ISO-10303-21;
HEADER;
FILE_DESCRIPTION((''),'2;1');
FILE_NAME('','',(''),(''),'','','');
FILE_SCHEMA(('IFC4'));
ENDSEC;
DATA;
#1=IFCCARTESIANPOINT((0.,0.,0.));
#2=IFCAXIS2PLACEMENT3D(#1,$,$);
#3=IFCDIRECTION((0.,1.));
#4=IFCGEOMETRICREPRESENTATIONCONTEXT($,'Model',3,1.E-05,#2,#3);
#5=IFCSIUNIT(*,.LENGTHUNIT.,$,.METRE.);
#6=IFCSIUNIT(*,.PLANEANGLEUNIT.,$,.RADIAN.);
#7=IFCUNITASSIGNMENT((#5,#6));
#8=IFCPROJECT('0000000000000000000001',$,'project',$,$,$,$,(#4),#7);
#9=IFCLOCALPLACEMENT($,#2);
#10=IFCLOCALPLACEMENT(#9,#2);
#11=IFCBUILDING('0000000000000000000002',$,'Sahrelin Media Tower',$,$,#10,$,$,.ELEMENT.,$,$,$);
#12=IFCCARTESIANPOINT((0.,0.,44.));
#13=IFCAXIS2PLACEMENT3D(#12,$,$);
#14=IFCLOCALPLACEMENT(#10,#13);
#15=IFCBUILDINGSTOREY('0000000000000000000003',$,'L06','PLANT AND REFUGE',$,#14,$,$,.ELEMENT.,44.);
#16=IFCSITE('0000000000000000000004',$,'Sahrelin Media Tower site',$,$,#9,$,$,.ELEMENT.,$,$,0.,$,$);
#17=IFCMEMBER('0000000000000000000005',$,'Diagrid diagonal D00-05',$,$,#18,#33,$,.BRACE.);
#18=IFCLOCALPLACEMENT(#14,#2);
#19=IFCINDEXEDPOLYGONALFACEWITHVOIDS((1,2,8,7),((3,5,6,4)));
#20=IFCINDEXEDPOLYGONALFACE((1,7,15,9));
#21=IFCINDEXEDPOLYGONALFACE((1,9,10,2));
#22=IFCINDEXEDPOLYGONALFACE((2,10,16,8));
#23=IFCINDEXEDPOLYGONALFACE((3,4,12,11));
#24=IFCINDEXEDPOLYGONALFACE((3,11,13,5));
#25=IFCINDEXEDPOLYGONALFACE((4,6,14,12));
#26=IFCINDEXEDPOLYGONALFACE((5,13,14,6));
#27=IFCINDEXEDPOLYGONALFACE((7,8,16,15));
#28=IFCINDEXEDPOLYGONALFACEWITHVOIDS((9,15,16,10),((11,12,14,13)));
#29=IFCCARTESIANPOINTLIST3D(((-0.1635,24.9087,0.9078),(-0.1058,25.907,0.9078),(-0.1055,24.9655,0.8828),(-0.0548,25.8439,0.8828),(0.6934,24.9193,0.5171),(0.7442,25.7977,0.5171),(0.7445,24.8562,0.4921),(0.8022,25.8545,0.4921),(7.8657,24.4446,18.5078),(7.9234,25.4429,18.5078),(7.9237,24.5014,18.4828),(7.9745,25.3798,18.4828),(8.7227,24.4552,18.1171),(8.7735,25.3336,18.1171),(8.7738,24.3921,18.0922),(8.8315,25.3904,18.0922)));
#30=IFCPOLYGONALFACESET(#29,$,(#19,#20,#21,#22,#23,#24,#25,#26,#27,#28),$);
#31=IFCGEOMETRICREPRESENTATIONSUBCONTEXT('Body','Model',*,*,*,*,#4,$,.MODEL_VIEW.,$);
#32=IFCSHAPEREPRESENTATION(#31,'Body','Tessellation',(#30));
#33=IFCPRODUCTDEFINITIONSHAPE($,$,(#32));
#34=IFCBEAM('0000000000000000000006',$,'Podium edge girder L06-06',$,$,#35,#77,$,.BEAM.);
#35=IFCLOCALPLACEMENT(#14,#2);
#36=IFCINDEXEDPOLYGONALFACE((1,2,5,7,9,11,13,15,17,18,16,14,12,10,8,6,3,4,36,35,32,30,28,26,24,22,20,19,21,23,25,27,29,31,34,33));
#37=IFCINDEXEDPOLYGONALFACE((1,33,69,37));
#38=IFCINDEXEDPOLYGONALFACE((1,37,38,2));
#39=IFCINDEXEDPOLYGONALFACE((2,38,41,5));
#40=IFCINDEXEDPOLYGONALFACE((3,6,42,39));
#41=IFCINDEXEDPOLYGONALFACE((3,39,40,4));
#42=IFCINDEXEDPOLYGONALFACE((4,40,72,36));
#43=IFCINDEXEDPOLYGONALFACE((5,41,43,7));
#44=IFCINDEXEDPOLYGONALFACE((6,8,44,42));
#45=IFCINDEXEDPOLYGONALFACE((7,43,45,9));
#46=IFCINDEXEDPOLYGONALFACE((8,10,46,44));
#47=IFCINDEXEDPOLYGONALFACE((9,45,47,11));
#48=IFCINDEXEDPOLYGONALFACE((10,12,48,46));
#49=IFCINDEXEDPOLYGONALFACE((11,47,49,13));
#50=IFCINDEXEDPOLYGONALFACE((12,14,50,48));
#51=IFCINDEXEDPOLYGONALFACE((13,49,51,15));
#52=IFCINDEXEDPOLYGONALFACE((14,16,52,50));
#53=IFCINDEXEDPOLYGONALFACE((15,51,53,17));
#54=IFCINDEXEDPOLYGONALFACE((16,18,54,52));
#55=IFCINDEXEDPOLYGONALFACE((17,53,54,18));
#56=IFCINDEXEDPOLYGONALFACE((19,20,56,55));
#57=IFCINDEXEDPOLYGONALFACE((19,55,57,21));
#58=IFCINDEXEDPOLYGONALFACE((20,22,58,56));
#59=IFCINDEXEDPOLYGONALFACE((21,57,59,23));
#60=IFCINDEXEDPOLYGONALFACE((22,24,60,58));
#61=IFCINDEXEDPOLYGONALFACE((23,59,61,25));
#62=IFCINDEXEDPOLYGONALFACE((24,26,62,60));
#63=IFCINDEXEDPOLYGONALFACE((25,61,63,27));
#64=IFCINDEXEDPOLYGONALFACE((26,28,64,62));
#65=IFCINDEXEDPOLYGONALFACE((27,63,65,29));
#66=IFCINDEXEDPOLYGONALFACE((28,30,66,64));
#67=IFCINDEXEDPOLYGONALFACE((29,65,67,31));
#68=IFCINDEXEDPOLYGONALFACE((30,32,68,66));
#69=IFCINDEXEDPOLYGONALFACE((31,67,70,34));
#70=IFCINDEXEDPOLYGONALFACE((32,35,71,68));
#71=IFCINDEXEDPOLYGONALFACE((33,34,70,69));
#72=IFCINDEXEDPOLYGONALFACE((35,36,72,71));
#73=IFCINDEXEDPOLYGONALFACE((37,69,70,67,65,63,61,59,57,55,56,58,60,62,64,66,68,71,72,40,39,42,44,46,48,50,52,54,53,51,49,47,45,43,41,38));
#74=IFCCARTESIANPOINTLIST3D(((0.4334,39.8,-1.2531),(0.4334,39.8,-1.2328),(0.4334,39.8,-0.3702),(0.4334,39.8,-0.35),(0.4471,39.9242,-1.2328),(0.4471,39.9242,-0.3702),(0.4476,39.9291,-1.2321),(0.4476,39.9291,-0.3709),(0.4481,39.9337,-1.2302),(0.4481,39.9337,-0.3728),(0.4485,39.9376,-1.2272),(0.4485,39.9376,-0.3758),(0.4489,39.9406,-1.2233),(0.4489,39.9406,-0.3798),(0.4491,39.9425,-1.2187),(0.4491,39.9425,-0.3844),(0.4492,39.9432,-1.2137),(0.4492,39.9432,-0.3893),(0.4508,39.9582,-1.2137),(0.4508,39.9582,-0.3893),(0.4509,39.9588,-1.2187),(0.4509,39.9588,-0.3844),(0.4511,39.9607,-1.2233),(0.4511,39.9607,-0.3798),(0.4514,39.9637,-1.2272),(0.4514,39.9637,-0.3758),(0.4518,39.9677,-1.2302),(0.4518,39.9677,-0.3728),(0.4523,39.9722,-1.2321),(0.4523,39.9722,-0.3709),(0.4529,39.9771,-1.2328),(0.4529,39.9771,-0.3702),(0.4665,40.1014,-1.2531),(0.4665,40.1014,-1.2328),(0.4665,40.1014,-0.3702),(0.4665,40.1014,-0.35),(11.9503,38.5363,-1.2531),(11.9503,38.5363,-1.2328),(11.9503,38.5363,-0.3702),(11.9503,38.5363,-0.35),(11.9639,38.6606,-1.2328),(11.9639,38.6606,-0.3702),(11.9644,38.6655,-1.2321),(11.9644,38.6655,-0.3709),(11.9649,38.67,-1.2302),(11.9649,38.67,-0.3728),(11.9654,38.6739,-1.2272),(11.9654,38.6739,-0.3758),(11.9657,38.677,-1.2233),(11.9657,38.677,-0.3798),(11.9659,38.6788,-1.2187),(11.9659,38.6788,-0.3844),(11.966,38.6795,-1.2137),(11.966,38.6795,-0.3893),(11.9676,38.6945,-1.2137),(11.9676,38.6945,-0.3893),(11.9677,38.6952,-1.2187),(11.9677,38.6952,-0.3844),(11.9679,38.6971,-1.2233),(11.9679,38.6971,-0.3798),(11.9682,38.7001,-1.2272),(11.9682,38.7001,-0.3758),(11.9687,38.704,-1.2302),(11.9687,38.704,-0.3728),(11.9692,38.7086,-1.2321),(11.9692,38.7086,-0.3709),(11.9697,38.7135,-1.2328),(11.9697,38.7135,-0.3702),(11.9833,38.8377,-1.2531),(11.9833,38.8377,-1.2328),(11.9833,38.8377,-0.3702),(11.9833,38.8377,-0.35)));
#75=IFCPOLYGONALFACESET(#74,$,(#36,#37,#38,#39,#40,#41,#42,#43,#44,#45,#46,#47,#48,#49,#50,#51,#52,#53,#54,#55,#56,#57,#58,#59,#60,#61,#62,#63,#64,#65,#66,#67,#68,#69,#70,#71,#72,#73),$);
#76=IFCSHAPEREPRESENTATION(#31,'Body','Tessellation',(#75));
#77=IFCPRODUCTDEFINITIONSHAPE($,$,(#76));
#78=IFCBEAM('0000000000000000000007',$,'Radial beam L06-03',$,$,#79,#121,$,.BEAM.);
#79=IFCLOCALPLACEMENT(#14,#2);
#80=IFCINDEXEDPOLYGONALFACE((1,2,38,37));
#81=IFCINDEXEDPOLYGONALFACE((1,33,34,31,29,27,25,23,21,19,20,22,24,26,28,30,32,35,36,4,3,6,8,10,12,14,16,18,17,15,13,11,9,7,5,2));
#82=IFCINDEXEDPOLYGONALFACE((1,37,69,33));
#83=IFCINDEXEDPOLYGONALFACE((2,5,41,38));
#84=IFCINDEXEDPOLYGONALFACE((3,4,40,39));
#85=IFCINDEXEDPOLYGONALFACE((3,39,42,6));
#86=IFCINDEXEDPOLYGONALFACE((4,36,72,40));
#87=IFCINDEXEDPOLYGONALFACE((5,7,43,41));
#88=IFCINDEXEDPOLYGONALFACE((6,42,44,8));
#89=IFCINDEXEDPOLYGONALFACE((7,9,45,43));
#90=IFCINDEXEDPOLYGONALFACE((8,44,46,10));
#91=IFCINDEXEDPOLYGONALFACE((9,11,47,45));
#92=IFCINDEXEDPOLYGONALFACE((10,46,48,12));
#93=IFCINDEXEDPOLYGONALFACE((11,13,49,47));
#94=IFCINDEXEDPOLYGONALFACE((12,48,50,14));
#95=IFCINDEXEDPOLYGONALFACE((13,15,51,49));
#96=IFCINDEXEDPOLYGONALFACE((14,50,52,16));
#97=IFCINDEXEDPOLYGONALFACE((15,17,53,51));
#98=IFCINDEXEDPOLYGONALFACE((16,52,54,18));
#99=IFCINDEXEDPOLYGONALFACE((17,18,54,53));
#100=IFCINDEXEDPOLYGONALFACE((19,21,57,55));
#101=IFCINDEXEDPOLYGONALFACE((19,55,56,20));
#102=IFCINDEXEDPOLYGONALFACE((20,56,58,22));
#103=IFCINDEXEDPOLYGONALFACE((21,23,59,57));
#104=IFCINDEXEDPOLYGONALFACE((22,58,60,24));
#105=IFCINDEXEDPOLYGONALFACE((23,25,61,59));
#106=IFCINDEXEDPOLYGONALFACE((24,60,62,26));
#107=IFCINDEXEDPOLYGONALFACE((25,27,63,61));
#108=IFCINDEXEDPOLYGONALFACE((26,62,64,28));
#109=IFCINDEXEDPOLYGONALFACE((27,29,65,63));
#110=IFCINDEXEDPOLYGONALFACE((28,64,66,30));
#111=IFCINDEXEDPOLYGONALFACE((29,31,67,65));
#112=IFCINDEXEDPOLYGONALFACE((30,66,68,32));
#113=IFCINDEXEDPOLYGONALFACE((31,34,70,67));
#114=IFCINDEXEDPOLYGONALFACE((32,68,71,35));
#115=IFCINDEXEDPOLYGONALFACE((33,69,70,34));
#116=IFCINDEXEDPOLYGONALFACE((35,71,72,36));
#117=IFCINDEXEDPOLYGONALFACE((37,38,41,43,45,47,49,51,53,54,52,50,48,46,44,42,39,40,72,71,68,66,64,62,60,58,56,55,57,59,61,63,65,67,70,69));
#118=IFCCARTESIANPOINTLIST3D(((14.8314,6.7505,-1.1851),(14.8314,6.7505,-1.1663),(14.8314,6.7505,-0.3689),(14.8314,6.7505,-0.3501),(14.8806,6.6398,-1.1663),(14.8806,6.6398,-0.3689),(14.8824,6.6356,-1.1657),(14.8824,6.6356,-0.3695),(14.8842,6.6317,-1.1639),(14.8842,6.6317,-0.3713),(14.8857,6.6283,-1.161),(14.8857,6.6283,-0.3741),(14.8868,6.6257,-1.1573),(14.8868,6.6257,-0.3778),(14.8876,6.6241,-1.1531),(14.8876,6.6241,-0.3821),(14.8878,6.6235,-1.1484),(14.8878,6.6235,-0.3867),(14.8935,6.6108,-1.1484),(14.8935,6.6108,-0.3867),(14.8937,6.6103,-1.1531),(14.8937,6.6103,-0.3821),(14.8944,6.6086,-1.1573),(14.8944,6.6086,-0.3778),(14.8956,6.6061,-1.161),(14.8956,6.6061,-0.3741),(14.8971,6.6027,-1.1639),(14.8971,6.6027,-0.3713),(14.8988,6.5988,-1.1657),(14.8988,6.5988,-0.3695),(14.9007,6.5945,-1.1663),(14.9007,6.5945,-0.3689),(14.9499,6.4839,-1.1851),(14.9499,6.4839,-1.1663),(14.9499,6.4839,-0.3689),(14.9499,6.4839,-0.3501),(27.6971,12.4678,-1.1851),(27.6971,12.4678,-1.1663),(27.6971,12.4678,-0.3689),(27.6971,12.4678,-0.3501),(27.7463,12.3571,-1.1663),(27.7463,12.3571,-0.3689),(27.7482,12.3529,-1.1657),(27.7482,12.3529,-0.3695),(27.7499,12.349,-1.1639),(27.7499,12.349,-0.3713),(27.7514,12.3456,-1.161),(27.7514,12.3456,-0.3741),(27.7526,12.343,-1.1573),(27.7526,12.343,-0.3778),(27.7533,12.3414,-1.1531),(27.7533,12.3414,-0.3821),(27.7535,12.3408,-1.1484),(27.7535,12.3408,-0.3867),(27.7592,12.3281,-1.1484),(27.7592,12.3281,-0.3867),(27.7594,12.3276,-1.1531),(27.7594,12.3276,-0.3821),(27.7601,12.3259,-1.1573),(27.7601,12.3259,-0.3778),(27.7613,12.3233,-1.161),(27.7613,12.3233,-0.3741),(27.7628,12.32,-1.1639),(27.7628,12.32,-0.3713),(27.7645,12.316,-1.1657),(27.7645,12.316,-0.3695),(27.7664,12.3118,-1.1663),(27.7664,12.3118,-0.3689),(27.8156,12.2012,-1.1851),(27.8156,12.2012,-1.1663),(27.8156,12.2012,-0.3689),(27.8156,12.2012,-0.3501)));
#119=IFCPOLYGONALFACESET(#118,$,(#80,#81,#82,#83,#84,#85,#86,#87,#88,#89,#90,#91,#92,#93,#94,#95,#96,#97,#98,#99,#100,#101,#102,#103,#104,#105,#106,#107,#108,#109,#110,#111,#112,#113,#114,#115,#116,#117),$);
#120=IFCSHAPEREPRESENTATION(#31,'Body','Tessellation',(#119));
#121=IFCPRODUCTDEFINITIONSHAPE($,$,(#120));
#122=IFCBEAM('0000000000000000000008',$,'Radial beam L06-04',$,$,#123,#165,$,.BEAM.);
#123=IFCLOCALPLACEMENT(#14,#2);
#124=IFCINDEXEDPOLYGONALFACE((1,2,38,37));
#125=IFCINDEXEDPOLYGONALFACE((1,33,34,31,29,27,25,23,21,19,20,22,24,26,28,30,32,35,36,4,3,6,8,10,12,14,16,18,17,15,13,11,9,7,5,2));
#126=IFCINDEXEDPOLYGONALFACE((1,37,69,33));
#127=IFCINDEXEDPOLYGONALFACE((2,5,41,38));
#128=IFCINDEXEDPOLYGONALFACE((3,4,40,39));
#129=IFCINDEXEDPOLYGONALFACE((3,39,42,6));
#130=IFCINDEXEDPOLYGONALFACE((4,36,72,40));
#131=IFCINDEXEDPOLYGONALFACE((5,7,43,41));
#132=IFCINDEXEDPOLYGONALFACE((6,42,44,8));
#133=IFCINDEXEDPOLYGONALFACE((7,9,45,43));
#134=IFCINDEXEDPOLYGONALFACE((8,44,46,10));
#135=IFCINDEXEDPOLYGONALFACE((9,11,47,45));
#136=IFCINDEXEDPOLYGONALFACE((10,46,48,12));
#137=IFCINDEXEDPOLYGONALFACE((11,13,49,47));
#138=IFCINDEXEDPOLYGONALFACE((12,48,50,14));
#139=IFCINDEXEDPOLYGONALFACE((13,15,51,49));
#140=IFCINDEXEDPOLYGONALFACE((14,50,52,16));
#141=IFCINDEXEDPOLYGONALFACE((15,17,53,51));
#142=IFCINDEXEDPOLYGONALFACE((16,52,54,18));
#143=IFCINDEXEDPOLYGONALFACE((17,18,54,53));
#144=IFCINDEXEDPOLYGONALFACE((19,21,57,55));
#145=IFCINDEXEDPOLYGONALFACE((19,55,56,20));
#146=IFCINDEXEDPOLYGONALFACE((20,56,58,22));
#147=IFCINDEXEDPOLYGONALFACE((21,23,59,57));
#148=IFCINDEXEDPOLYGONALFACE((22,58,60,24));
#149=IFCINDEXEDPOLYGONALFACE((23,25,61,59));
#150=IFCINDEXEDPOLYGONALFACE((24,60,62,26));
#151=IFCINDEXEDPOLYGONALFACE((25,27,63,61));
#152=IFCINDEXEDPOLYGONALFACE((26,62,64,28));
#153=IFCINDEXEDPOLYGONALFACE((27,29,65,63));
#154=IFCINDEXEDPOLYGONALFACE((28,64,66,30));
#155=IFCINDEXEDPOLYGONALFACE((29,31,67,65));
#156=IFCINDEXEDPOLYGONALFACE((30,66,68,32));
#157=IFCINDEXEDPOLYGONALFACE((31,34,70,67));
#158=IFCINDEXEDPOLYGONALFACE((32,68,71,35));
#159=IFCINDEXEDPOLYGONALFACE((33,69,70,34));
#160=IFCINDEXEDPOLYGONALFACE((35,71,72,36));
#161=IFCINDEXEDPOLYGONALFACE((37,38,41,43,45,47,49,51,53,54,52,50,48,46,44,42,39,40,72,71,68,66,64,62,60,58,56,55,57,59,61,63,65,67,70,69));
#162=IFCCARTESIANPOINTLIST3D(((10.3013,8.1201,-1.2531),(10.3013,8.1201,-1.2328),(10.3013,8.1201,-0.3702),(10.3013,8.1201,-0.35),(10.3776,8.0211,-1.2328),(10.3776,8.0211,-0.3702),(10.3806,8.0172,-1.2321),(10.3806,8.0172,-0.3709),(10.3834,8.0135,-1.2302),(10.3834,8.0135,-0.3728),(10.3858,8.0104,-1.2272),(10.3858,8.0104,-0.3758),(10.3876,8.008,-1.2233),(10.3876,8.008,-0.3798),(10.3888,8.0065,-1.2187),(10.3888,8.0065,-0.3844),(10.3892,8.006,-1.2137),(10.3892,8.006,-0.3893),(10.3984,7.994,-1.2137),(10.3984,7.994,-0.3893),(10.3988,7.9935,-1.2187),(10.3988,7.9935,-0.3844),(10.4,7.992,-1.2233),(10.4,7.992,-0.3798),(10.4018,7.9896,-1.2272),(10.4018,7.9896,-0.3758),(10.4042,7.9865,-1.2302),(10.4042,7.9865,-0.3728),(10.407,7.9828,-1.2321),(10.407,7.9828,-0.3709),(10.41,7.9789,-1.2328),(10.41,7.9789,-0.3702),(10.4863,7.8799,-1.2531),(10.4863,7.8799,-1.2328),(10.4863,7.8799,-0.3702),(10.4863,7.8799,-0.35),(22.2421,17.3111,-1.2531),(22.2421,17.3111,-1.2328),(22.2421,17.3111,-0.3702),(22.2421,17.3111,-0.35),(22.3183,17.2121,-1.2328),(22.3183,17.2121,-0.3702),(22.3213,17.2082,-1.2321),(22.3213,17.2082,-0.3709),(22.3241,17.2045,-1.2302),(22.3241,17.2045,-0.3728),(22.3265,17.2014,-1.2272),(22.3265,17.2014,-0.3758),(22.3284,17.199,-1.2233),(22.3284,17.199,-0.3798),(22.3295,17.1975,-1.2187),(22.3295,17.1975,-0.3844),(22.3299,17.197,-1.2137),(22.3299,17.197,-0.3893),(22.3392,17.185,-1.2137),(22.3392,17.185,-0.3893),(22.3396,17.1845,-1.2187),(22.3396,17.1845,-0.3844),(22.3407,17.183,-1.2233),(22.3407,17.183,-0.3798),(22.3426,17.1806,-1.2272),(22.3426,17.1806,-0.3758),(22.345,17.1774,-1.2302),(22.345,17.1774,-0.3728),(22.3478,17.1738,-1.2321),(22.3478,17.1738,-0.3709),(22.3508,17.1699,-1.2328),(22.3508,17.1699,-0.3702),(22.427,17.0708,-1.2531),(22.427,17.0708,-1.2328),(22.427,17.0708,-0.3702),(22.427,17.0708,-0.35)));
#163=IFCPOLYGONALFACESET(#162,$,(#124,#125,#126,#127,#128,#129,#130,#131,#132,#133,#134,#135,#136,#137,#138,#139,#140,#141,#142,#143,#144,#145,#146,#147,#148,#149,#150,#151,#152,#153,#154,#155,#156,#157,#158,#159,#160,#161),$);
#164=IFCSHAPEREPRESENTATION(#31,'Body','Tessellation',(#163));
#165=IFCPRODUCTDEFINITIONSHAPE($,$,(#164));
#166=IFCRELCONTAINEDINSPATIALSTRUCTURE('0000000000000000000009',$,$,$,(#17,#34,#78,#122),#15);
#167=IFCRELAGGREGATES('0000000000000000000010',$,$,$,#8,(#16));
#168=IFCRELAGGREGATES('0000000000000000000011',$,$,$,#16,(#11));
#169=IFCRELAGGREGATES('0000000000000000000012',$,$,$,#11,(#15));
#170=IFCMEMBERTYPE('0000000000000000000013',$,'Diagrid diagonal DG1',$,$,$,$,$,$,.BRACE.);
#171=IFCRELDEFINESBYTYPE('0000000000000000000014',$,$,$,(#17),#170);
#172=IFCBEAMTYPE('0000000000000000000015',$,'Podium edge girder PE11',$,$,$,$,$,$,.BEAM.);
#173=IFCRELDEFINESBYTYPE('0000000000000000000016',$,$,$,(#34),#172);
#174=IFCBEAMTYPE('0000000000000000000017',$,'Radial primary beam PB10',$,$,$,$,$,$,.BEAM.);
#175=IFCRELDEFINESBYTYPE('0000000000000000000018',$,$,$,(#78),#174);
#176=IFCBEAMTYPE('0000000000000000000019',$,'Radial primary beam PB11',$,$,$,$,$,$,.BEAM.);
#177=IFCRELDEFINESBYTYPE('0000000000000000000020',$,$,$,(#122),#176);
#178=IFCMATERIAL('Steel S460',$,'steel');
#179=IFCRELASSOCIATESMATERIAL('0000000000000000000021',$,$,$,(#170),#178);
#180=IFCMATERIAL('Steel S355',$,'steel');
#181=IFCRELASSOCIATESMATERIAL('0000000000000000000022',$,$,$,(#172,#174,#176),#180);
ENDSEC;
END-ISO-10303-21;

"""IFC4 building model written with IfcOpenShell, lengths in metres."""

from ifc_helpers import new_model, si_unit, direction, frame, origin, origin_2d, place, context, subcontext, project, spatial, hollow_rectangle, i_section, extrude, material, material_profile, profile_set, type_object, element, save


model = new_model("IFC4")

# Units and contexts
model_context = context("Model", 3, precision=1e-05, world=origin(), true_north=direction((0.0, 1.0)))
body_context = subcontext(model_context, "Body", "Model", "MODEL_VIEW")
ifc_project = project(units=[si_unit("LENGTHUNIT", "METRE"), si_unit("PLANEANGLEUNIT", "RADIAN")], contexts=[model_context])

# Site, building, storey
site_placement = place(None, origin())
site = spatial("IfcSite", under=ifc_project, at=site_placement, Name="Sahrelin Media Tower site", CompositionType="ELEMENT", RefElevation=0.0)
building_placement = place(site_placement, origin())
building = spatial("IfcBuilding", under=site, at=building_placement, Name="Sahrelin Media Tower", CompositionType="ELEMENT")
storey_placement = place(building_placement, frame((0.0, 0.0, 44.0)))
storey = spatial("IfcBuildingStorey", under=building, at=storey_placement, Name="L06", Description="PLANT AND REFUGE", CompositionType="ELEMENT", Elevation=44.0)

# Member
ifc_material_1 = material(Name="Steel S460", Category="steel")
ifc_material_profile_1 = material_profile(ifc_material_1, hollow_rectangle(XDim=1.0, YDim=1.0, WallThickness=0.0601, at=origin_2d()), Name="Diagrid diagonal DG1")
ifc_profile_set_1 = profile_set([ifc_material_profile_1], Name="Steel S460")
member_type_1 = type_object("IfcMemberType", Name="Diagrid diagonal DG1", PredefinedType="BRACE", material=ifc_profile_set_1)
member_1_placement = place(storey_placement, frame((0.3193, 25.3816, 0.7), z_axis=(0.414936, -0.023984, 0.909534), x_axis=(0.057706, 0.998334, 0.0)))
element("IfcMember", 1, at=member_1_placement, inside=storey, type_object=member_type_1, Name="Diagrid diagonal D00-05", PredefinedType="BRACE", context=body_context, shape_type="SweptSolid", body=[
    extrude(hollow_rectangle(XDim=1.0, YDim=1.0, WallThickness=0.0601, at=origin_2d()), origin(), (0.0, 0.0, 1.0), 19.3506),
])

# Beams
ifc_material_2 = material(Name="Steel S355", Category="steel")
ifc_material_profile_2 = material_profile(ifc_material_2, i_section(OverallWidth=0.3032, OverallDepth=0.9031, WebThickness=0.0151, FlangeThickness=0.0203, FilletRadius=0.019, at=origin_2d()), Name="UB 914x305x201")
ifc_profile_set_2 = profile_set([ifc_material_profile_2], Name="Steel S355")
beam_type_1 = type_object("IfcBeamType", Name="Podium edge girder PE11", PredefinedType="BEAM", material=ifc_profile_set_2)
beam_1_placement = place(storey_placement, frame((11.9668, 38.687, -0.8015), z_axis=(-0.994034, 0.109069, 0.0), x_axis=(-0.109069, -0.994034, 0.0)))
element("IfcBeam", 2, at=beam_1_placement, inside=storey, type_object=beam_type_1, Name="Podium edge girder L06-06", PredefinedType="BEAM", context=body_context, shape_type="SweptSolid", body=[
    extrude(i_section(OverallWidth=0.3032, OverallDepth=0.9031, WebThickness=0.0151, FlangeThickness=0.0203, FilletRadius=0.019, at=origin_2d()), origin(), (0.0, 0.0, 1.0), 11.5859),
])
ifc_material_profile_3 = material_profile(ifc_material_2, i_section(OverallWidth=0.2917, OverallDepth=0.835, WebThickness=0.0139, FlangeThickness=0.0188, FilletRadius=0.0178, at=origin_2d()), Name="UB 838x292x176")
ifc_profile_set_3 = profile_set([ifc_material_profile_3], Name="Steel S355")
beam_type_2 = type_object("IfcBeamType", Name="Radial primary beam PB10", PredefinedType="BEAM", material=ifc_profile_set_3)
beam_2_placement = place(storey_placement, frame((14.8906, 6.6172, -0.7676), z_axis=(0.913833, 0.40609, 0.0), x_axis=(-0.40609, 0.913833, 0.0)))
element("IfcBeam", 3, at=beam_2_placement, inside=storey, type_object=beam_type_2, Name="Radial beam L06-03", PredefinedType="BEAM", context=body_context, shape_type="SweptSolid", body=[
    extrude(i_section(OverallWidth=0.2917, OverallDepth=0.835, WebThickness=0.0139, FlangeThickness=0.0188, FilletRadius=0.0178, at=origin_2d()), origin(), (0.0, 0.0, 1.0), 14.0789),
])
ifc_material_profile_4 = material_profile(ifc_material_2, i_section(OverallWidth=0.3032, OverallDepth=0.9031, WebThickness=0.0151, FlangeThickness=0.0203, FilletRadius=0.019, at=origin_2d()), Name="UB 914x305x201")
ifc_profile_set_4 = profile_set([ifc_material_profile_4], Name="Steel S355")
beam_type_3 = type_object("IfcBeamType", Name="Radial primary beam PB11", PredefinedType="BEAM", material=ifc_profile_set_4)
beam_3_placement = place(storey_placement, frame((10.3938, 8.0, -0.8015), z_axis=(0.792438, 0.609952, 0.0), x_axis=(-0.609952, 0.792438, 0.0)))
element("IfcBeam", 4, at=beam_3_placement, inside=storey, type_object=beam_type_3, Name="Radial beam L06-04", PredefinedType="BEAM", context=body_context, shape_type="SweptSolid", body=[
    extrude(i_section(OverallWidth=0.3032, OverallDepth=0.9031, WebThickness=0.0151, FlangeThickness=0.0203, FilletRadius=0.019, at=origin_2d()), origin(), (0.0, 0.0, 1.0), 15.0684),
])

save(model, "model.ifc")
